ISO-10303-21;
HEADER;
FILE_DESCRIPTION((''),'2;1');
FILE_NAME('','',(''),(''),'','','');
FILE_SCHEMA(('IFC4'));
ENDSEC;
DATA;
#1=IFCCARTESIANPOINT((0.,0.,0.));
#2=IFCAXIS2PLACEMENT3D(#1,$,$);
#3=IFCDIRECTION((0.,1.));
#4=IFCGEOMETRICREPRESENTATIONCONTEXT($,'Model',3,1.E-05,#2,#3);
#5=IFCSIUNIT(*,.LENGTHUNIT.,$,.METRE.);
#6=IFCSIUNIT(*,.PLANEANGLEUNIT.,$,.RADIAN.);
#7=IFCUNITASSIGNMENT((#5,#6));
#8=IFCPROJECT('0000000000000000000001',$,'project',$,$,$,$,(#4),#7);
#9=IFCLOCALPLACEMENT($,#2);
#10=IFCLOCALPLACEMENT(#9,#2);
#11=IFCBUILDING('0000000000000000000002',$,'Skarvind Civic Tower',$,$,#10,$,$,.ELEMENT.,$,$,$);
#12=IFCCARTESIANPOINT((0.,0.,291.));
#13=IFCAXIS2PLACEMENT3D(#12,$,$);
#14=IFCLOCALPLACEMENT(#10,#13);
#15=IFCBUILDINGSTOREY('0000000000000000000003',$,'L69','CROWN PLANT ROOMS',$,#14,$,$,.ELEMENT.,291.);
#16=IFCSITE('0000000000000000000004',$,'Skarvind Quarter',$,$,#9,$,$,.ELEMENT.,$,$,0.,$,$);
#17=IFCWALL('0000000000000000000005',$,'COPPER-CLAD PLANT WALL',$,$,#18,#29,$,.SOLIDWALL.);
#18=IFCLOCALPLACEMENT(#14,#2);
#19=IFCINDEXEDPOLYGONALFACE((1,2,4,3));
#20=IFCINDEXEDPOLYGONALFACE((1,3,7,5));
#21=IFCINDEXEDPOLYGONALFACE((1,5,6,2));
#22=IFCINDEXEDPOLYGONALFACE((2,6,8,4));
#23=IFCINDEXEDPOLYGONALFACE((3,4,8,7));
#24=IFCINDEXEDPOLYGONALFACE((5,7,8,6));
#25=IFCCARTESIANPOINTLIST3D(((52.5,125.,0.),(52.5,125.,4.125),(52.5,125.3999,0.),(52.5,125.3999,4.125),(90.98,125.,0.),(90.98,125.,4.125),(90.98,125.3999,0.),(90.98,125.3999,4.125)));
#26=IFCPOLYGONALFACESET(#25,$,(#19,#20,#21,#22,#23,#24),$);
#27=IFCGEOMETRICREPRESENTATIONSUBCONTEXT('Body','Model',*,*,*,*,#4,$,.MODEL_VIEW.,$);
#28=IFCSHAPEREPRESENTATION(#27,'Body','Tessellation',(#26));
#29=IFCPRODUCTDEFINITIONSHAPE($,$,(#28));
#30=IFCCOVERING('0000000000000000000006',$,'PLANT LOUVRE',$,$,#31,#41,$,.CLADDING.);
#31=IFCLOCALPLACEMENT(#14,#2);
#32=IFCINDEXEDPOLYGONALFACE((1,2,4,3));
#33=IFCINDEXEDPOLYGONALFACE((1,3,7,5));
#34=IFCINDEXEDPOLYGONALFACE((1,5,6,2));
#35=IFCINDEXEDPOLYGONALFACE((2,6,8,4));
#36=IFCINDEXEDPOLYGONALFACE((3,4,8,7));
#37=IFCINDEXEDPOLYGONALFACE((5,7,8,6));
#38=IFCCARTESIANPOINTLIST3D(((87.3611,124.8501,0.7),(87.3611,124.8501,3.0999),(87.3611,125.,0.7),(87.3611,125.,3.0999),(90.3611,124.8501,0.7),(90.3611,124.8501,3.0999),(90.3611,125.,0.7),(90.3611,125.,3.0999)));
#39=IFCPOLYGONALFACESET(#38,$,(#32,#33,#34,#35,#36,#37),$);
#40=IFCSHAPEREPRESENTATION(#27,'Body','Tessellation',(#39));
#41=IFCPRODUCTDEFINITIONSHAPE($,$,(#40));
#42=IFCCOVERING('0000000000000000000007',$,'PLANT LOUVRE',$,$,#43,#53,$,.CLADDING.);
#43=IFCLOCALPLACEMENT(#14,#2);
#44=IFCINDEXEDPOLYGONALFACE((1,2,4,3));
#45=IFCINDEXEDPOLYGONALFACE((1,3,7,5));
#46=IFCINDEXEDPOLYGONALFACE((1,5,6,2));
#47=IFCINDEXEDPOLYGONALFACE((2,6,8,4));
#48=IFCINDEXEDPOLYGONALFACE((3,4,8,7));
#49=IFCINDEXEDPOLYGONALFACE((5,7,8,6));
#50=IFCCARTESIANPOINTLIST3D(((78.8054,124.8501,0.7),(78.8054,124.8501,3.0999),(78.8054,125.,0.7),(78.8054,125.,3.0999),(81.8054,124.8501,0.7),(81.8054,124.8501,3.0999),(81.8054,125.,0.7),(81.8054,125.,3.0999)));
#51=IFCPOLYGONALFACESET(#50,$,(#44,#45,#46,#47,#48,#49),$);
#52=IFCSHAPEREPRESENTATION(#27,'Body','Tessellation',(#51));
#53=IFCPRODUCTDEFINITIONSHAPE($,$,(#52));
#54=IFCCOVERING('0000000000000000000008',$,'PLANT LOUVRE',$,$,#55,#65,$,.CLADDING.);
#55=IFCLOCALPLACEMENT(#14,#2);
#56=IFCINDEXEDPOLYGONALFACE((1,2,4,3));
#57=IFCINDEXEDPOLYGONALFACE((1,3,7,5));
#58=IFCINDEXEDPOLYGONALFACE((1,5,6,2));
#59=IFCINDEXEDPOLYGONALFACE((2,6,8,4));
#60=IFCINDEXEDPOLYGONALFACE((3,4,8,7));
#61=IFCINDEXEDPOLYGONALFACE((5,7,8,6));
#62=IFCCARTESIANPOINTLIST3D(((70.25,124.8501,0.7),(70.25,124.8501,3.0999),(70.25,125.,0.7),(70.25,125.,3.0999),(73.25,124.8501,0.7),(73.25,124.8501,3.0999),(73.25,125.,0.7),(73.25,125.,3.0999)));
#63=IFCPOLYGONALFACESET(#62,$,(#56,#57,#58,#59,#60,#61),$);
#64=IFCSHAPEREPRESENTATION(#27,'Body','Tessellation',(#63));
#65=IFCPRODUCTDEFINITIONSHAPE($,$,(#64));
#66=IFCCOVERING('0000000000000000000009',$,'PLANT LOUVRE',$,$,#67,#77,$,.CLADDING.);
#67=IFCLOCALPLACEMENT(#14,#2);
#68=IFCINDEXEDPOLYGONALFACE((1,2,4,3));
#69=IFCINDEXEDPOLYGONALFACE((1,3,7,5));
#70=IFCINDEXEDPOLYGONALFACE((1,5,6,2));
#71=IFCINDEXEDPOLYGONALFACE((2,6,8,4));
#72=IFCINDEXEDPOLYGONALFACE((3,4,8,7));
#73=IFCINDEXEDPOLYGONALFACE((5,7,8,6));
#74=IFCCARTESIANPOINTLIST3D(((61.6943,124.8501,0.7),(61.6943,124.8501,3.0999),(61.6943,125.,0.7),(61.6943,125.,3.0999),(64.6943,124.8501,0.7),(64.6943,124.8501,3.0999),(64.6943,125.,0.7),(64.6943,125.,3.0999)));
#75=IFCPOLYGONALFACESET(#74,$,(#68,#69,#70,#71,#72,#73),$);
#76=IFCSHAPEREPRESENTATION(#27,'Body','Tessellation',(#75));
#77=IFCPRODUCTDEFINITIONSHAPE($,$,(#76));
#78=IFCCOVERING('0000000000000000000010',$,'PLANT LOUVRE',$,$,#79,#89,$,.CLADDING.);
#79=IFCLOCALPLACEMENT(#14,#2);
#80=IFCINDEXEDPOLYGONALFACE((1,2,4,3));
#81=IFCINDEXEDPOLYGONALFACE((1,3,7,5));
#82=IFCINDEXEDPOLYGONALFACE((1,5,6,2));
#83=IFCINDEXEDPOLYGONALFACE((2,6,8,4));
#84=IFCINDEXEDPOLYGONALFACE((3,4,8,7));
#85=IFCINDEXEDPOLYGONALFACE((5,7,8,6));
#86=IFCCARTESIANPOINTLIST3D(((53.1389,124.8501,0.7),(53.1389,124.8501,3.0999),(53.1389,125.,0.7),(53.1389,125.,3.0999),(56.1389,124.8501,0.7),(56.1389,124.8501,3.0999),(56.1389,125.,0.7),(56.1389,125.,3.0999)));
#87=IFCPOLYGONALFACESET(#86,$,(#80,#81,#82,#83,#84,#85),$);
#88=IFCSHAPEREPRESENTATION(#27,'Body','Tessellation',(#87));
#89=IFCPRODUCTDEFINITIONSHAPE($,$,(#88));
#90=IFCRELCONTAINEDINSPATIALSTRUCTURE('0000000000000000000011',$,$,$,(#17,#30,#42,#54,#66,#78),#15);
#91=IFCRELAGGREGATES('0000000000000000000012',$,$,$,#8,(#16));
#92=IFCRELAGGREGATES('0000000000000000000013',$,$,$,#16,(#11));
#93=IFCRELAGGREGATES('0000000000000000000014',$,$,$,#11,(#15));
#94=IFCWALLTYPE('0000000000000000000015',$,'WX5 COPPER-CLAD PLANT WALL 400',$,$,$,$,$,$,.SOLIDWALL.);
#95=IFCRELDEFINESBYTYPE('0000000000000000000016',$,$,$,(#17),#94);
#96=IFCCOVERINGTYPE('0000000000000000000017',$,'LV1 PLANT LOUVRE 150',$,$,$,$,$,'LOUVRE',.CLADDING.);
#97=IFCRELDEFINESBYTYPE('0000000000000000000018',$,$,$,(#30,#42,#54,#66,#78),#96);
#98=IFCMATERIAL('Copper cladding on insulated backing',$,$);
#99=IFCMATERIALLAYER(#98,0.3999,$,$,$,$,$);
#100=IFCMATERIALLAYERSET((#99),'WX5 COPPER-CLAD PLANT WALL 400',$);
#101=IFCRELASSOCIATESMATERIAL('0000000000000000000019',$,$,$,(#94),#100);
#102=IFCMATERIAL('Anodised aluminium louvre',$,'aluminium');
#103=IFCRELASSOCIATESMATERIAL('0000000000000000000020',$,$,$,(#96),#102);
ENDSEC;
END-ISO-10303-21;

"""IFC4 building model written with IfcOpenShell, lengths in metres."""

from ifc_helpers import new_model, si_unit, direction, frame, frame_2d, origin, origin_2d, place, context, subcontext, project, spatial, rectangle, extrude, material, layer, layer_set, material_profile, profile_set, type_object, element, save


model = new_model("IFC4")

# Units and contexts
model_context = context("Model", 3, precision=1e-05, world=origin(), true_north=direction((0.0, 1.0)))
body_context = subcontext(model_context, "Body", "Model", "MODEL_VIEW")
ifc_project = project(units=[si_unit("LENGTHUNIT", "METRE"), si_unit("PLANEANGLEUNIT", "RADIAN")], contexts=[model_context])

# Site, building, storey
site_placement = place(None, origin())
site = spatial("IfcSite", under=ifc_project, at=site_placement, Name="Skarvind Quarter", CompositionType="ELEMENT", RefElevation=0.0)
building_placement = place(site_placement, origin())
building = spatial("IfcBuilding", under=site, at=building_placement, Name="Skarvind Civic Tower", CompositionType="ELEMENT")
storey_placement = place(building_placement, frame((0.0, 0.0, 291.0)))
storey = spatial("IfcBuildingStorey", under=building, at=storey_placement, Name="L69", Description="CROWN PLANT ROOMS", CompositionType="ELEMENT", Elevation=291.0)

# Wall
ifc_material_1 = material(Name="Copper cladding on insulated backing")
ifc_layer_1 = layer(ifc_material_1, 0.3999)
ifc_layer_set_1 = layer_set([ifc_layer_1], Name="WX5 COPPER-CLAD PLANT WALL 400")
wall_type_1 = type_object("IfcWallType", Name="WX5 COPPER-CLAD PLANT WALL 400", PredefinedType="SOLIDWALL", material=ifc_layer_set_1)
wall_1_placement = place(storey_placement, frame((90.98, 125.2, 0.0), z_axis=(0.0, 0.0, 1.0), x_axis=(-1.0, 0.0, 0.0)))
element("IfcWall", 1, at=wall_1_placement, inside=storey, type_object=wall_type_1, Name="COPPER-CLAD PLANT WALL", PredefinedType="SOLIDWALL", context=body_context, shape_type="SweptSolid", body=[
    extrude(rectangle(XDim=38.48, YDim=0.3999, at=frame_2d((19.24, 0.0))), origin(), (0.0, 0.0, 1.0), 4.125),
])

# Coverings
ifc_material_2 = material(Name="Anodised aluminium louvre", Category="aluminium")
ifc_material_profile_1 = material_profile(ifc_material_2, rectangle(XDim=3.0, YDim=2.3999, at=origin_2d()), Name="LOUVRE 3000 x 2400")
ifc_profile_set_1 = profile_set([ifc_material_profile_1], Name="Anodised aluminium louvre")
covering_type = type_object("IfcCoveringType", Name="LV1 PLANT LOUVRE 150", ElementType="LOUVRE", PredefinedType="CLADDING", material=ifc_profile_set_1)
for number, where, z_axis, x_axis, name in (
    (2, (88.8611, 125.0, 1.8999), (0.0, -1.0, 0.0), (1.0, 0.0, 0.0), "PLANT LOUVRE"),
    (3, (80.3054, 125.0, 1.8999), (0.0, -1.0, 0.0), (1.0, 0.0, 0.0), "PLANT LOUVRE"),
    (4, (71.75, 125.0, 1.8999), (0.0, -1.0, 0.0), (1.0, 0.0, 0.0), "PLANT LOUVRE"),
    (5, (63.1943, 125.0, 1.8999), (0.0, -1.0, 0.0), (1.0, 0.0, 0.0), "PLANT LOUVRE"),
    (6, (54.6389, 125.0, 1.8999), (0.0, -1.0, 0.0), (1.0, 0.0, 0.0), "PLANT LOUVRE"),
):
    element("IfcCovering", number, at=place(storey_placement, frame(where, z_axis=z_axis, x_axis=x_axis)), inside=storey, type_object=covering_type, Name=name, PredefinedType="CLADDING", context=body_context, shape_type="SweptSolid", body=[
        extrude(rectangle(XDim=3.0, YDim=2.3999, at=origin_2d()), origin(), (0.0, 0.0, 1.0), 0.1499),
    ])

save(model, "model.ifc")
